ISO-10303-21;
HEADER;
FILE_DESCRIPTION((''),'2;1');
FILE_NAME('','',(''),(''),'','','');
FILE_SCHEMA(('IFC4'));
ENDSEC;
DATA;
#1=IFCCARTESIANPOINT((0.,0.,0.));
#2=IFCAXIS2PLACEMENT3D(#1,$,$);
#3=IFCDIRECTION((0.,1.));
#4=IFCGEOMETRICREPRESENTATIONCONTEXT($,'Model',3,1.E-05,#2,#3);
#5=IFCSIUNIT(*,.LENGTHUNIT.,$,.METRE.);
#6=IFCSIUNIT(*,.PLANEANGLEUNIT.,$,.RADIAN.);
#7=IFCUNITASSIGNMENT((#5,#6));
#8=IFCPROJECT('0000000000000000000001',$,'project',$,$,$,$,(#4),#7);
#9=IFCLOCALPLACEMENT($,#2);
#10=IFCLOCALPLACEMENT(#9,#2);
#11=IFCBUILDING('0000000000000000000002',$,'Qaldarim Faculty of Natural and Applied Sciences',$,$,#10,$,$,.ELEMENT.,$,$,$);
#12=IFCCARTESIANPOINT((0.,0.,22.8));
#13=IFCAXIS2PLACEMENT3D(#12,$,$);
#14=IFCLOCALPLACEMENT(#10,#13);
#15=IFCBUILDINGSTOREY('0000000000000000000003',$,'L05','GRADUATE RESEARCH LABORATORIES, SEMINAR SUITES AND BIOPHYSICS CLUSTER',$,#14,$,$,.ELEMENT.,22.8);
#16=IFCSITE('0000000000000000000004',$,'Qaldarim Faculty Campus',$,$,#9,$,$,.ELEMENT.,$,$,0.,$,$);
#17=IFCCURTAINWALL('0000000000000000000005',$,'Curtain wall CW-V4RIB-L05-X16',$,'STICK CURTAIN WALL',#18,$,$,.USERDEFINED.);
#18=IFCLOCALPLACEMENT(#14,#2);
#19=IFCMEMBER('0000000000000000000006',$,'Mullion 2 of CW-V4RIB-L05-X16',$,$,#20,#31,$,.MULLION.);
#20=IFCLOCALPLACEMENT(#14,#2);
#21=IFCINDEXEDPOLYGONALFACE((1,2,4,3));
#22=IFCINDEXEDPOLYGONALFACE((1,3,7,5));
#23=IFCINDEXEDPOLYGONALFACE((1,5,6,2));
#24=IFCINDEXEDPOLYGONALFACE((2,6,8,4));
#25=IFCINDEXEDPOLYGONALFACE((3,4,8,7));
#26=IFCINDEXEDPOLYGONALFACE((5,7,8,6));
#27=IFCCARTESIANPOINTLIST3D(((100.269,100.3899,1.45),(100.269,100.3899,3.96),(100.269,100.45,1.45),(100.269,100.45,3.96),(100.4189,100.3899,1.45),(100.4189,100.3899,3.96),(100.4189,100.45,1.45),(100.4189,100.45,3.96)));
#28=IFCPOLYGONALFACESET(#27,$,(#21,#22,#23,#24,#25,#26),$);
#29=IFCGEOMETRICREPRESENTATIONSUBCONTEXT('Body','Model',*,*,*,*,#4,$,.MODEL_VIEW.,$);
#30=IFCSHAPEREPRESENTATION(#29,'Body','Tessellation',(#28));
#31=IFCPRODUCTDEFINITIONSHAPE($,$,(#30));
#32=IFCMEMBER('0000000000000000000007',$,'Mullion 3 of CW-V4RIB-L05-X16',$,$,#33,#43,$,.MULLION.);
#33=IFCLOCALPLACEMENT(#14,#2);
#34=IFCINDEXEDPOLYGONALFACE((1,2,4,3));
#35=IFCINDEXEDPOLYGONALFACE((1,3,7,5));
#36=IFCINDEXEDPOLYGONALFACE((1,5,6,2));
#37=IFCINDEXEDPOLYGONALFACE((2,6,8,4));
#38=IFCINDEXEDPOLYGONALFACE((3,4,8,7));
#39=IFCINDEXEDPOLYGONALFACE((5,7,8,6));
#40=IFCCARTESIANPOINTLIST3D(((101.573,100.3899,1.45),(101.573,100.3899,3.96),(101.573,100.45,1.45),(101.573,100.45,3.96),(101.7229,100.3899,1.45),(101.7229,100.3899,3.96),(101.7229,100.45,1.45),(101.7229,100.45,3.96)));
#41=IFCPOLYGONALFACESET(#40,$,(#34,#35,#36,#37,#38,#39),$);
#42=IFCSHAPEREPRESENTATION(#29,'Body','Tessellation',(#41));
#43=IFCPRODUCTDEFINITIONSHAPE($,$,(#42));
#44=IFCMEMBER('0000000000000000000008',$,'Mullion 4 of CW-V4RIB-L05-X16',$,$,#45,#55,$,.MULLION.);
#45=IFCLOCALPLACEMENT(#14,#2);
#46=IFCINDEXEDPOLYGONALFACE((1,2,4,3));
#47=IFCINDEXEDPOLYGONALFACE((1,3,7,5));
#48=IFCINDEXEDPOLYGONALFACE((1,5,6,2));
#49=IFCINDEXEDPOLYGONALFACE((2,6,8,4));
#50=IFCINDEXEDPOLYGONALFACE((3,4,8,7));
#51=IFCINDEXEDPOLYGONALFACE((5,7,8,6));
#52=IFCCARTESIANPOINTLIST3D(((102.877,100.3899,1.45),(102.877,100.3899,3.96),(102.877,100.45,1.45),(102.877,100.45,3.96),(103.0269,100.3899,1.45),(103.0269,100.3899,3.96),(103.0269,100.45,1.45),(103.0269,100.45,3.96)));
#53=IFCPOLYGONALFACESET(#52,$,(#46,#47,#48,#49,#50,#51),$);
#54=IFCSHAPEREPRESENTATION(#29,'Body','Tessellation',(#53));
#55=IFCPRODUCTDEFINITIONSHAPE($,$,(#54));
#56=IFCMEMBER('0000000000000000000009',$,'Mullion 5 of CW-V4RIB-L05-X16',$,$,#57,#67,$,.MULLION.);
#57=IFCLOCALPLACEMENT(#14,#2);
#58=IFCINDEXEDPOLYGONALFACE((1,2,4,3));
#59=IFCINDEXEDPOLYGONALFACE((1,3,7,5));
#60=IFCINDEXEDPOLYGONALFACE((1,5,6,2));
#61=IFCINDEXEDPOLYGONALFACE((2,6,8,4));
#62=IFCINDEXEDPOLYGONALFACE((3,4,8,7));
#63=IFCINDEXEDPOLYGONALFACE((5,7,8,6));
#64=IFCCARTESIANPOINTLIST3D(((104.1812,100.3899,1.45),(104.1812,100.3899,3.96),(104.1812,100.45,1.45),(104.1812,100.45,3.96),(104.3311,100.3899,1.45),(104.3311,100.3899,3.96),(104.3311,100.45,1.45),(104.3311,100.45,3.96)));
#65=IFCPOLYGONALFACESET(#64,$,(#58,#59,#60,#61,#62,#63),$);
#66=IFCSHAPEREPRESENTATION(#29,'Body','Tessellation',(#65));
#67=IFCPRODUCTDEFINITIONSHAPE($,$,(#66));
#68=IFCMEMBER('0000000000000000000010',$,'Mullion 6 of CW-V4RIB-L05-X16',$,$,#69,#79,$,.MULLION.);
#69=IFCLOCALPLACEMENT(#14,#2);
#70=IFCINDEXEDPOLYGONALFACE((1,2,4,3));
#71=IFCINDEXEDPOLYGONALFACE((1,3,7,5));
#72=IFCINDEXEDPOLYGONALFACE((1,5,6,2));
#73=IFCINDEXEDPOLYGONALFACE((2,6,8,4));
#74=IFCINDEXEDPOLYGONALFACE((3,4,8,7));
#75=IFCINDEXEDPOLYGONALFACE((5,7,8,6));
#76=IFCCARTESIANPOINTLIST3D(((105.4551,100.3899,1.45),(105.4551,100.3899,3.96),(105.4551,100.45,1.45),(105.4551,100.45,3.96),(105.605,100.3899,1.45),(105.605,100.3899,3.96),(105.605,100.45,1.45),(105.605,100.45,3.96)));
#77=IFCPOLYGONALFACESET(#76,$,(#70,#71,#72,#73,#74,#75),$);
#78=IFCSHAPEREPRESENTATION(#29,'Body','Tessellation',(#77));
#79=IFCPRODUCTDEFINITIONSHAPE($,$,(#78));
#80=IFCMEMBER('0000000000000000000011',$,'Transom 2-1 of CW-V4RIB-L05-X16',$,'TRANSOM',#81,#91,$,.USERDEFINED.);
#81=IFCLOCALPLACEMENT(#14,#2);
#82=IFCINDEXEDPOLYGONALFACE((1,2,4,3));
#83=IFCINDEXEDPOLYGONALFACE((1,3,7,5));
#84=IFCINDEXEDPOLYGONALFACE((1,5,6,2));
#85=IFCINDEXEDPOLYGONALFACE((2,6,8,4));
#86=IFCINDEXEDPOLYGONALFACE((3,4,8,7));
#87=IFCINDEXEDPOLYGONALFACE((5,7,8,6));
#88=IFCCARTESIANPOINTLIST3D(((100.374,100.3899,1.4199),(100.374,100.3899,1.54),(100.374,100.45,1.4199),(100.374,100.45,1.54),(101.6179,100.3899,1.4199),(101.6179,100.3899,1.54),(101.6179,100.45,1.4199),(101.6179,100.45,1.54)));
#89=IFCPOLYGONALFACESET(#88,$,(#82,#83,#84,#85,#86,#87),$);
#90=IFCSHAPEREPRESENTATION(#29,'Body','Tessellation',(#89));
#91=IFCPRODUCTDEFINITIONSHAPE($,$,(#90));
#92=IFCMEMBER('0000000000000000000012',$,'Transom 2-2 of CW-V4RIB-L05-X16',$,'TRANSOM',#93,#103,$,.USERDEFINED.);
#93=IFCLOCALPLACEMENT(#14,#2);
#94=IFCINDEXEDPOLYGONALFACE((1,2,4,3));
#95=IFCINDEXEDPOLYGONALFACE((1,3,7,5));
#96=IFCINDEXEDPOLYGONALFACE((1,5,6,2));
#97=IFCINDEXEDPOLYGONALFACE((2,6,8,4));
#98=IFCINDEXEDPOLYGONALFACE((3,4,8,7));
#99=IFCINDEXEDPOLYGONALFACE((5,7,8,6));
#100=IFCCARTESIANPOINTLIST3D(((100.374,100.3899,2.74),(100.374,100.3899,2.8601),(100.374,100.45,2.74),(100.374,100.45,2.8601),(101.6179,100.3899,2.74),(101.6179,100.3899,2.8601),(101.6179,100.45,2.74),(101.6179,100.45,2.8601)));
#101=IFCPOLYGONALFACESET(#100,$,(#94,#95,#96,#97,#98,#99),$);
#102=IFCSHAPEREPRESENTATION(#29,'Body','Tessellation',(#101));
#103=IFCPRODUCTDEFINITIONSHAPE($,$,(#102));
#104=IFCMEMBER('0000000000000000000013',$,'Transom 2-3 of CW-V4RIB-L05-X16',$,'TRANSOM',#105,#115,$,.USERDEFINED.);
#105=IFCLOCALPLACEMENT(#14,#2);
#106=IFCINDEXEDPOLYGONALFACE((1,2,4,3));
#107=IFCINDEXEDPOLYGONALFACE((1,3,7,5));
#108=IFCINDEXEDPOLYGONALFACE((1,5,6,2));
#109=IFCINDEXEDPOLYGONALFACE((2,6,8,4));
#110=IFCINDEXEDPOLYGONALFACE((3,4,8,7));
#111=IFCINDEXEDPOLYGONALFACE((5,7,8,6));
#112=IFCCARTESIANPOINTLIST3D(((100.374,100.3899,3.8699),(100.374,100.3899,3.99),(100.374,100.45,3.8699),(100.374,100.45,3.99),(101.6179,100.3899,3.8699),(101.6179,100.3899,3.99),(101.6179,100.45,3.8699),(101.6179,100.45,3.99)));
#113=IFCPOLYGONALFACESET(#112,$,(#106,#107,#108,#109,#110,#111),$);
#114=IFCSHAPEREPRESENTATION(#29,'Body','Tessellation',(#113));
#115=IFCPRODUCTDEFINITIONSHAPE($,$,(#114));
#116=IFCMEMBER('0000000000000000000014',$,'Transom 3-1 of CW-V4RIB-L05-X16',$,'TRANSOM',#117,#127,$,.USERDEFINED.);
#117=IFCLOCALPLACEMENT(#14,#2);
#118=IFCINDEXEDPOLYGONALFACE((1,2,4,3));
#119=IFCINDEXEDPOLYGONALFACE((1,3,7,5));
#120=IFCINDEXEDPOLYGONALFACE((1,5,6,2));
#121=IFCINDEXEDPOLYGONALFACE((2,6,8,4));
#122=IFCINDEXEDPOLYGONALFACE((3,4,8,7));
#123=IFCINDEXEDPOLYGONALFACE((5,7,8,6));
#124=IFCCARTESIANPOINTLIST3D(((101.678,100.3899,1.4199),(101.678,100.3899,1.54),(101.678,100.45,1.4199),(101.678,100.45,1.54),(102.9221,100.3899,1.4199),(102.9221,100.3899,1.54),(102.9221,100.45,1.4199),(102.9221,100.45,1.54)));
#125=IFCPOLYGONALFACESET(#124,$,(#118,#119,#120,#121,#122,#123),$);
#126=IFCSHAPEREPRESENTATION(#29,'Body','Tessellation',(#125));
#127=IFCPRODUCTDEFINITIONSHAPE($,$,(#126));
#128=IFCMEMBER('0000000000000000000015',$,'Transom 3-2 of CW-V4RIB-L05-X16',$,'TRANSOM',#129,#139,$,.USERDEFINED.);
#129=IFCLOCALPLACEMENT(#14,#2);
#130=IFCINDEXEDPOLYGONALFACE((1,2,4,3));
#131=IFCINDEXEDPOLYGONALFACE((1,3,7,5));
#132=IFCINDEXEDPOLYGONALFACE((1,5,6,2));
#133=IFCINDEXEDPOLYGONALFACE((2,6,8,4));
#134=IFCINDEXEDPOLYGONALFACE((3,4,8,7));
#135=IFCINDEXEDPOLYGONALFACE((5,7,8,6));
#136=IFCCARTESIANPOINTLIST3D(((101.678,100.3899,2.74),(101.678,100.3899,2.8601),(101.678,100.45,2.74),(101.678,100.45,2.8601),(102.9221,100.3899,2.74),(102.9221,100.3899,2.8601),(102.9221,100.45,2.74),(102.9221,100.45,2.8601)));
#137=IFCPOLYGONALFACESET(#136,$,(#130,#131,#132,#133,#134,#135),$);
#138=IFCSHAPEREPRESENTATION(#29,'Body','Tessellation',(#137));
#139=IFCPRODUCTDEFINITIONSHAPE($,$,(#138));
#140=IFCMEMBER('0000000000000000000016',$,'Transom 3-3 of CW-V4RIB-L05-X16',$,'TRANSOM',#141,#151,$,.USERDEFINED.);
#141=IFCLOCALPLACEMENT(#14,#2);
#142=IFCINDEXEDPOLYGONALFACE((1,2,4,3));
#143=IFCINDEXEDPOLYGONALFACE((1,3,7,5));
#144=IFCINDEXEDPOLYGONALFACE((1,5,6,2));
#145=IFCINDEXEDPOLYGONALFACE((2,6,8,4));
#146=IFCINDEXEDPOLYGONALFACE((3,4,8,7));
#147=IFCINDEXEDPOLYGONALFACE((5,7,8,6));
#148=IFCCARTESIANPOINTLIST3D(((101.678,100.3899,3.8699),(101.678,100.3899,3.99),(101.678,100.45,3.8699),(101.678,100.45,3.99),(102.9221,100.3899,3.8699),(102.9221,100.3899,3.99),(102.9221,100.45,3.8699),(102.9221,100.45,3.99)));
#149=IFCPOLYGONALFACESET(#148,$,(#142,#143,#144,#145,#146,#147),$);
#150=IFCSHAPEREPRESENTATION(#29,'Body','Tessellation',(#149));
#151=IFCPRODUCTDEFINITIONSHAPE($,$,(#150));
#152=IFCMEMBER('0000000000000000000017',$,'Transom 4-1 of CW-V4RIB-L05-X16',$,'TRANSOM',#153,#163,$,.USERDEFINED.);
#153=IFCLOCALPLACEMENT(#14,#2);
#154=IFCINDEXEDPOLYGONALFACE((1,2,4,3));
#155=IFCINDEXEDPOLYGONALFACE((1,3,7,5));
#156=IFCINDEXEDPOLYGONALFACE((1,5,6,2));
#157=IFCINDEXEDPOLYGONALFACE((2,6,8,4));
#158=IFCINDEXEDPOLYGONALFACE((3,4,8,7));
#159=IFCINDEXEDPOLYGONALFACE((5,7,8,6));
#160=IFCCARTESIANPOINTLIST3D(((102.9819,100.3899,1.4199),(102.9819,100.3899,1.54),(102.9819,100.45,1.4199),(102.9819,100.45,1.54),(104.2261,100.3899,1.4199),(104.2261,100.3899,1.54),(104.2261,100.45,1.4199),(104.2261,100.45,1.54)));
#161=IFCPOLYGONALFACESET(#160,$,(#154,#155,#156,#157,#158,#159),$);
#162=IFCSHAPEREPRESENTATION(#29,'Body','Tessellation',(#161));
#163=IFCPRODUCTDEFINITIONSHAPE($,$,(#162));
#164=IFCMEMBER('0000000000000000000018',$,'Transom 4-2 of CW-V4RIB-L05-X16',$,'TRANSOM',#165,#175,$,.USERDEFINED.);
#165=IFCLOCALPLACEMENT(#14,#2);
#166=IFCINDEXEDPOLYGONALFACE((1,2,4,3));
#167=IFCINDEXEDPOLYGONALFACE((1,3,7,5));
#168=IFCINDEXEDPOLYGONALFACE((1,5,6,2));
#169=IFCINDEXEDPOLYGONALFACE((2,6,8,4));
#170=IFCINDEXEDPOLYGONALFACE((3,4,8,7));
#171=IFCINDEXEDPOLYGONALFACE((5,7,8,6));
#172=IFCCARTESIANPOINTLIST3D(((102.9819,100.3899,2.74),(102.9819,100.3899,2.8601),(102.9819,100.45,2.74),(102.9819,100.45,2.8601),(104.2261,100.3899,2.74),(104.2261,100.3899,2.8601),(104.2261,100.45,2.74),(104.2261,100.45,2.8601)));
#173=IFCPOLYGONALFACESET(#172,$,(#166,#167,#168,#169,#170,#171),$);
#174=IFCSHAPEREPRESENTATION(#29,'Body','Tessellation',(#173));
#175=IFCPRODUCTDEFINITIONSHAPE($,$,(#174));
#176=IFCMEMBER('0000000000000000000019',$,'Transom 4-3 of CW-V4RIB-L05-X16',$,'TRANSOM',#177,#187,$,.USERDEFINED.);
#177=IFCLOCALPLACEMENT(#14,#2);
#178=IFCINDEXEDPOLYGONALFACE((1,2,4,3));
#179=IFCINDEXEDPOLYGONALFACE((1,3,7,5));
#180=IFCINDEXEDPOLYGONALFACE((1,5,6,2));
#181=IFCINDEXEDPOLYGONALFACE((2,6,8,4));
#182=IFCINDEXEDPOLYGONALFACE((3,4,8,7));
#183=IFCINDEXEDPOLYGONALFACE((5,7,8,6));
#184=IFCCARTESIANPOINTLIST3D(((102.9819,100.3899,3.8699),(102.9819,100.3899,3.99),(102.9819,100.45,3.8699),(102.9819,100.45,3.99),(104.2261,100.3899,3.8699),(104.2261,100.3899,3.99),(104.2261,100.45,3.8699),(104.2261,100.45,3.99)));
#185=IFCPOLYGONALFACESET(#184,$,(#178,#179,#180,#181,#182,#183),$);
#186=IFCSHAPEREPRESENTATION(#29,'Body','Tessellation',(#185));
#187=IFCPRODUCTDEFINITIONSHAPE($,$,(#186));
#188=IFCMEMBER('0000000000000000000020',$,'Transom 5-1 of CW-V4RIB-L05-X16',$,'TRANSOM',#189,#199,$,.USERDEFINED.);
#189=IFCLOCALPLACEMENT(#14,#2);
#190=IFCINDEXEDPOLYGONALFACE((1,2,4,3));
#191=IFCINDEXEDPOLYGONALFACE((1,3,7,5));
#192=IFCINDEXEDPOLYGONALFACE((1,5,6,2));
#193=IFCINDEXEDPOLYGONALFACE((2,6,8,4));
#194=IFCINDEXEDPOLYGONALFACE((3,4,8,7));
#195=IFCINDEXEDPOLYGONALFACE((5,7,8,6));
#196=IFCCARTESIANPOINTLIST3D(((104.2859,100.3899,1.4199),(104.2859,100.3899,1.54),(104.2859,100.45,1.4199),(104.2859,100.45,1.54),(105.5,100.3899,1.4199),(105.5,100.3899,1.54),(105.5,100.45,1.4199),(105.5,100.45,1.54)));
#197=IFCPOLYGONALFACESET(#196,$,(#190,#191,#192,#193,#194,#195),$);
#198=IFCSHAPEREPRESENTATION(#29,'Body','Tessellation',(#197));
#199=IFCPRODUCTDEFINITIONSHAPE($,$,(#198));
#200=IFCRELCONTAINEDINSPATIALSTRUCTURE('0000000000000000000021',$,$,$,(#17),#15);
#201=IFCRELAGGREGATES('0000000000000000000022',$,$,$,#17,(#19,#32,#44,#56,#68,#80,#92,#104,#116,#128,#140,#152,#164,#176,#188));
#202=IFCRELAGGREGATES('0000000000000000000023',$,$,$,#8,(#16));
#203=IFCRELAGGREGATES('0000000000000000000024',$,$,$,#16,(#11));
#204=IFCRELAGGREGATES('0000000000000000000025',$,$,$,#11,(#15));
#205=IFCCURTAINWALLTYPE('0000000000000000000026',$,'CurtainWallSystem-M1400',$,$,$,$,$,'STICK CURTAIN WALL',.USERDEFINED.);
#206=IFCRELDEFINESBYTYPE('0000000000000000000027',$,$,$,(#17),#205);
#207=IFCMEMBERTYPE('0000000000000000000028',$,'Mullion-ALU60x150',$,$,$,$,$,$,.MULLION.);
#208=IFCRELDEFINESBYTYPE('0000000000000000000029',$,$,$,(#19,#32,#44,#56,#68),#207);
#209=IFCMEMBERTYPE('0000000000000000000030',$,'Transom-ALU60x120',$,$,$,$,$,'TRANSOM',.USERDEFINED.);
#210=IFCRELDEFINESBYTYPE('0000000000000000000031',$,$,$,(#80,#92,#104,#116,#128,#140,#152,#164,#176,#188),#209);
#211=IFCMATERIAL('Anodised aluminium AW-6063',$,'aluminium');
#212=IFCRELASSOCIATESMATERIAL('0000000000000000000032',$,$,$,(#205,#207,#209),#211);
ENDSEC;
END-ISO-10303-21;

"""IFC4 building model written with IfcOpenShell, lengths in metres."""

from ifc_helpers import new_model, si_unit, direction, frame, origin, origin_2d, place, context, subcontext, project, spatial, rectangle, extrude, material, material_profile, profile_set, type_object, element, aggregate, save


model = new_model("IFC4")

# Units and contexts
model_context = context("Model", 3, precision=1e-05, world=origin(), true_north=direction((0.0, 1.0)))
body_context = subcontext(model_context, "Body", "Model", "MODEL_VIEW")
ifc_project = project(units=[si_unit("LENGTHUNIT", "METRE"), si_unit("PLANEANGLEUNIT", "RADIAN")], contexts=[model_context])

# Site, building, storey
site_placement = place(None, origin())
site = spatial("IfcSite", under=ifc_project, at=site_placement, Name="Qaldarim Faculty Campus", CompositionType="ELEMENT", RefElevation=0.0)
building_placement = place(site_placement, origin())
building = spatial("IfcBuilding", under=site, at=building_placement, Name="Qaldarim Faculty of Natural and Applied Sciences", CompositionType="ELEMENT")
storey_placement = place(building_placement, frame((0.0, 0.0, 22.8)))
storey = spatial("IfcBuildingStorey", under=building, at=storey_placement, Name="L05", Description="GRADUATE RESEARCH LABORATORIES, SEMINAR SUITES AND BIOPHYSICS CLUSTER", CompositionType="ELEMENT", Elevation=22.8)

# Curtain wall, members
ifc_material_1 = material(Name="Anodised aluminium AW-6063", Category="aluminium")
curtain_wall_type = type_object("IfcCurtainWallType", Name="CurtainWallSystem-M1400", ElementType="STICK CURTAIN WALL", PredefinedType="USERDEFINED", material=ifc_material_1)
curtain_wall_placement = place(storey_placement, origin())
curtain_wall = element("IfcCurtainWall", 1, at=curtain_wall_placement, inside=storey, type_object=curtain_wall_type, Name="Curtain wall CW-V4RIB-L05-X16", ObjectType="STICK CURTAIN WALL", PredefinedType="USERDEFINED")
ifc_material_profile_1 = material_profile(ifc_material_1, rectangle(XDim=0.0601, YDim=0.1499, at=origin_2d()), Name="ALU-M60x150")
ifc_profile_set_1 = profile_set([ifc_material_profile_1], Name="Anodised aluminium AW-6063")
member_type_1 = type_object("IfcMemberType", Name="Mullion-ALU60x150", PredefinedType="MULLION", material=ifc_profile_set_1)
member_1_placement = place(storey_placement, frame((100.344, 100.4199, 1.45), z_axis=(0.0, 0.0, 1.0), x_axis=(0.0, 1.0, 0.0)))
member_1 = element("IfcMember", 2, at=member_1_placement, type_object=member_type_1, Name="Mullion 2 of CW-V4RIB-L05-X16", PredefinedType="MULLION", context=body_context, shape_type="SweptSolid", body=[
    extrude(rectangle(XDim=0.0601, YDim=0.1499, at=origin_2d()), origin(), (0.0, 0.0, 1.0), 2.51),
])
member_2_placement = place(storey_placement, frame((101.6479, 100.4199, 1.45), z_axis=(0.0, 0.0, 1.0), x_axis=(0.0, 1.0, 0.0)))
member_2 = element("IfcMember", 3, at=member_2_placement, type_object=member_type_1, Name="Mullion 3 of CW-V4RIB-L05-X16", PredefinedType="MULLION", context=body_context, shape_type="SweptSolid", body=[
    extrude(rectangle(XDim=0.0601, YDim=0.1499, at=origin_2d()), origin(), (0.0, 0.0, 1.0), 2.51),
])
member_3_placement = place(storey_placement, frame((102.9519, 100.4199, 1.45), z_axis=(0.0, 0.0, 1.0), x_axis=(0.0, 1.0, 0.0)))
member_3 = element("IfcMember", 4, at=member_3_placement, type_object=member_type_1, Name="Mullion 4 of CW-V4RIB-L05-X16", PredefinedType="MULLION", context=body_context, shape_type="SweptSolid", body=[
    extrude(rectangle(XDim=0.0601, YDim=0.1499, at=origin_2d()), origin(), (0.0, 0.0, 1.0), 2.51),
])
member_4_placement = place(storey_placement, frame((104.2561, 100.4199, 1.45), z_axis=(0.0, 0.0, 1.0), x_axis=(0.0, 1.0, 0.0)))
member_4 = element("IfcMember", 5, at=member_4_placement, type_object=member_type_1, Name="Mullion 5 of CW-V4RIB-L05-X16", PredefinedType="MULLION", context=body_context, shape_type="SweptSolid", body=[
    extrude(rectangle(XDim=0.0601, YDim=0.1499, at=origin_2d()), origin(), (0.0, 0.0, 1.0), 2.51),
])
member_5_placement = place(storey_placement, frame((105.53, 100.4199, 1.45), z_axis=(0.0, 0.0, 1.0), x_axis=(0.0, 1.0, 0.0)))
member_5 = element("IfcMember", 6, at=member_5_placement, type_object=member_type_1, Name="Mullion 6 of CW-V4RIB-L05-X16", PredefinedType="MULLION", context=body_context, shape_type="SweptSolid", body=[
    extrude(rectangle(XDim=0.0601, YDim=0.1499, at=origin_2d()), origin(), (0.0, 0.0, 1.0), 2.51),
])
ifc_material_profile_2 = material_profile(ifc_material_1, rectangle(XDim=0.0601, YDim=0.1201, at=origin_2d()), Name="ALU-T60x120")
ifc_profile_set_2 = profile_set([ifc_material_profile_2], Name="Anodised aluminium AW-6063")
member_type_2 = type_object("IfcMemberType", Name="Transom-ALU60x120", ElementType="TRANSOM", PredefinedType="USERDEFINED", material=ifc_profile_set_2)
member_6_placement = place(storey_placement, frame((100.374, 100.4199, 1.48), z_axis=(1.0, 0.0, 0.0), x_axis=(0.0, 1.0, 0.0)))
member_6 = element("IfcMember", 7, at=member_6_placement, type_object=member_type_2, Name="Transom 2-1 of CW-V4RIB-L05-X16", ObjectType="TRANSOM", PredefinedType="USERDEFINED", context=body_context, shape_type="SweptSolid", body=[
    extrude(rectangle(XDim=0.0601, YDim=0.1201, at=origin_2d()), origin(), (0.0, 0.0, 1.0), 1.2439),
])
member_7_placement = place(storey_placement, frame((100.374, 100.4199, 2.8), z_axis=(1.0, 0.0, 0.0), x_axis=(0.0, 1.0, 0.0)))
member_7 = element("IfcMember", 8, at=member_7_placement, type_object=member_type_2, Name="Transom 2-2 of CW-V4RIB-L05-X16", ObjectType="TRANSOM", PredefinedType="USERDEFINED", context=body_context, shape_type="SweptSolid", body=[
    extrude(rectangle(XDim=0.0601, YDim=0.1201, at=origin_2d()), origin(), (0.0, 0.0, 1.0), 1.2439),
])
member_8_placement = place(storey_placement, frame((100.374, 100.4199, 3.9299), z_axis=(1.0, 0.0, 0.0), x_axis=(0.0, 1.0, 0.0)))
member_8 = element("IfcMember", 9, at=member_8_placement, type_object=member_type_2, Name="Transom 2-3 of CW-V4RIB-L05-X16", ObjectType="TRANSOM", PredefinedType="USERDEFINED", context=body_context, shape_type="SweptSolid", body=[
    extrude(rectangle(XDim=0.0601, YDim=0.1201, at=origin_2d()), origin(), (0.0, 0.0, 1.0), 1.2439),
])
member_9_placement = place(storey_placement, frame((101.678, 100.4199, 1.48), z_axis=(1.0, 0.0, 0.0), x_axis=(0.0, 1.0, 0.0)))
member_9 = element("IfcMember", 10, at=member_9_placement, type_object=member_type_2, Name="Transom 3-1 of CW-V4RIB-L05-X16", ObjectType="TRANSOM", PredefinedType="USERDEFINED", context=body_context, shape_type="SweptSolid", body=[
    extrude(rectangle(XDim=0.0601, YDim=0.1201, at=origin_2d()), origin(), (0.0, 0.0, 1.0), 1.2441),
])
member_10_placement = place(storey_placement, frame((101.678, 100.4199, 2.8), z_axis=(1.0, 0.0, 0.0), x_axis=(0.0, 1.0, 0.0)))
member_10 = element("IfcMember", 11, at=member_10_placement, type_object=member_type_2, Name="Transom 3-2 of CW-V4RIB-L05-X16", ObjectType="TRANSOM", PredefinedType="USERDEFINED", context=body_context, shape_type="SweptSolid", body=[
    extrude(rectangle(XDim=0.0601, YDim=0.1201, at=origin_2d()), origin(), (0.0, 0.0, 1.0), 1.2441),
])
member_11_placement = place(storey_placement, frame((101.678, 100.4199, 3.9299), z_axis=(1.0, 0.0, 0.0), x_axis=(0.0, 1.0, 0.0)))
member_11 = element("IfcMember", 12, at=member_11_placement, type_object=member_type_2, Name="Transom 3-3 of CW-V4RIB-L05-X16", ObjectType="TRANSOM", PredefinedType="USERDEFINED", context=body_context, shape_type="SweptSolid", body=[
    extrude(rectangle(XDim=0.0601, YDim=0.1201, at=origin_2d()), origin(), (0.0, 0.0, 1.0), 1.2441),
])
member_12_placement = place(storey_placement, frame((102.9819, 100.4199, 1.48), z_axis=(1.0, 0.0, 0.0), x_axis=(0.0, 1.0, 0.0)))
member_12 = element("IfcMember", 13, at=member_12_placement, type_object=member_type_2, Name="Transom 4-1 of CW-V4RIB-L05-X16", ObjectType="TRANSOM", PredefinedType="USERDEFINED", context=body_context, shape_type="SweptSolid", body=[
    extrude(rectangle(XDim=0.0601, YDim=0.1201, at=origin_2d()), origin(), (0.0, 0.0, 1.0), 1.2441),
])
member_13_placement = place(storey_placement, frame((102.9819, 100.4199, 2.8), z_axis=(1.0, 0.0, 0.0), x_axis=(0.0, 1.0, 0.0)))
member_13 = element("IfcMember", 14, at=member_13_placement, type_object=member_type_2, Name="Transom 4-2 of CW-V4RIB-L05-X16", ObjectType="TRANSOM", PredefinedType="USERDEFINED", context=body_context, shape_type="SweptSolid", body=[
    extrude(rectangle(XDim=0.0601, YDim=0.1201, at=origin_2d()), origin(), (0.0, 0.0, 1.0), 1.2441),
])
member_14_placement = place(storey_placement, frame((102.9819, 100.4199, 3.9299), z_axis=(1.0, 0.0, 0.0), x_axis=(0.0, 1.0, 0.0)))
member_14 = element("IfcMember", 15, at=member_14_placement, type_object=member_type_2, Name="Transom 4-3 of CW-V4RIB-L05-X16", ObjectType="TRANSOM", PredefinedType="USERDEFINED", context=body_context, shape_type="SweptSolid", body=[
    extrude(rectangle(XDim=0.0601, YDim=0.1201, at=origin_2d()), origin(), (0.0, 0.0, 1.0), 1.2441),
])
member_15_placement = place(storey_placement, frame((104.2859, 100.4199, 1.48), z_axis=(1.0, 0.0, 0.0), x_axis=(0.0, 1.0, 0.0)))
member_15 = element("IfcMember", 16, at=member_15_placement, type_object=member_type_2, Name="Transom 5-1 of CW-V4RIB-L05-X16", ObjectType="TRANSOM", PredefinedType="USERDEFINED", context=body_context, shape_type="SweptSolid", body=[
    extrude(rectangle(XDim=0.0601, YDim=0.1201, at=origin_2d()), origin(), (0.0, 0.0, 1.0), 1.2141),
])
aggregate(curtain_wall, [member_1, member_2, member_3, member_4, member_5, member_6, member_7, member_8, member_9, member_10, member_11, member_12, member_13, member_14, member_15])

save(model, "model.ifc")
